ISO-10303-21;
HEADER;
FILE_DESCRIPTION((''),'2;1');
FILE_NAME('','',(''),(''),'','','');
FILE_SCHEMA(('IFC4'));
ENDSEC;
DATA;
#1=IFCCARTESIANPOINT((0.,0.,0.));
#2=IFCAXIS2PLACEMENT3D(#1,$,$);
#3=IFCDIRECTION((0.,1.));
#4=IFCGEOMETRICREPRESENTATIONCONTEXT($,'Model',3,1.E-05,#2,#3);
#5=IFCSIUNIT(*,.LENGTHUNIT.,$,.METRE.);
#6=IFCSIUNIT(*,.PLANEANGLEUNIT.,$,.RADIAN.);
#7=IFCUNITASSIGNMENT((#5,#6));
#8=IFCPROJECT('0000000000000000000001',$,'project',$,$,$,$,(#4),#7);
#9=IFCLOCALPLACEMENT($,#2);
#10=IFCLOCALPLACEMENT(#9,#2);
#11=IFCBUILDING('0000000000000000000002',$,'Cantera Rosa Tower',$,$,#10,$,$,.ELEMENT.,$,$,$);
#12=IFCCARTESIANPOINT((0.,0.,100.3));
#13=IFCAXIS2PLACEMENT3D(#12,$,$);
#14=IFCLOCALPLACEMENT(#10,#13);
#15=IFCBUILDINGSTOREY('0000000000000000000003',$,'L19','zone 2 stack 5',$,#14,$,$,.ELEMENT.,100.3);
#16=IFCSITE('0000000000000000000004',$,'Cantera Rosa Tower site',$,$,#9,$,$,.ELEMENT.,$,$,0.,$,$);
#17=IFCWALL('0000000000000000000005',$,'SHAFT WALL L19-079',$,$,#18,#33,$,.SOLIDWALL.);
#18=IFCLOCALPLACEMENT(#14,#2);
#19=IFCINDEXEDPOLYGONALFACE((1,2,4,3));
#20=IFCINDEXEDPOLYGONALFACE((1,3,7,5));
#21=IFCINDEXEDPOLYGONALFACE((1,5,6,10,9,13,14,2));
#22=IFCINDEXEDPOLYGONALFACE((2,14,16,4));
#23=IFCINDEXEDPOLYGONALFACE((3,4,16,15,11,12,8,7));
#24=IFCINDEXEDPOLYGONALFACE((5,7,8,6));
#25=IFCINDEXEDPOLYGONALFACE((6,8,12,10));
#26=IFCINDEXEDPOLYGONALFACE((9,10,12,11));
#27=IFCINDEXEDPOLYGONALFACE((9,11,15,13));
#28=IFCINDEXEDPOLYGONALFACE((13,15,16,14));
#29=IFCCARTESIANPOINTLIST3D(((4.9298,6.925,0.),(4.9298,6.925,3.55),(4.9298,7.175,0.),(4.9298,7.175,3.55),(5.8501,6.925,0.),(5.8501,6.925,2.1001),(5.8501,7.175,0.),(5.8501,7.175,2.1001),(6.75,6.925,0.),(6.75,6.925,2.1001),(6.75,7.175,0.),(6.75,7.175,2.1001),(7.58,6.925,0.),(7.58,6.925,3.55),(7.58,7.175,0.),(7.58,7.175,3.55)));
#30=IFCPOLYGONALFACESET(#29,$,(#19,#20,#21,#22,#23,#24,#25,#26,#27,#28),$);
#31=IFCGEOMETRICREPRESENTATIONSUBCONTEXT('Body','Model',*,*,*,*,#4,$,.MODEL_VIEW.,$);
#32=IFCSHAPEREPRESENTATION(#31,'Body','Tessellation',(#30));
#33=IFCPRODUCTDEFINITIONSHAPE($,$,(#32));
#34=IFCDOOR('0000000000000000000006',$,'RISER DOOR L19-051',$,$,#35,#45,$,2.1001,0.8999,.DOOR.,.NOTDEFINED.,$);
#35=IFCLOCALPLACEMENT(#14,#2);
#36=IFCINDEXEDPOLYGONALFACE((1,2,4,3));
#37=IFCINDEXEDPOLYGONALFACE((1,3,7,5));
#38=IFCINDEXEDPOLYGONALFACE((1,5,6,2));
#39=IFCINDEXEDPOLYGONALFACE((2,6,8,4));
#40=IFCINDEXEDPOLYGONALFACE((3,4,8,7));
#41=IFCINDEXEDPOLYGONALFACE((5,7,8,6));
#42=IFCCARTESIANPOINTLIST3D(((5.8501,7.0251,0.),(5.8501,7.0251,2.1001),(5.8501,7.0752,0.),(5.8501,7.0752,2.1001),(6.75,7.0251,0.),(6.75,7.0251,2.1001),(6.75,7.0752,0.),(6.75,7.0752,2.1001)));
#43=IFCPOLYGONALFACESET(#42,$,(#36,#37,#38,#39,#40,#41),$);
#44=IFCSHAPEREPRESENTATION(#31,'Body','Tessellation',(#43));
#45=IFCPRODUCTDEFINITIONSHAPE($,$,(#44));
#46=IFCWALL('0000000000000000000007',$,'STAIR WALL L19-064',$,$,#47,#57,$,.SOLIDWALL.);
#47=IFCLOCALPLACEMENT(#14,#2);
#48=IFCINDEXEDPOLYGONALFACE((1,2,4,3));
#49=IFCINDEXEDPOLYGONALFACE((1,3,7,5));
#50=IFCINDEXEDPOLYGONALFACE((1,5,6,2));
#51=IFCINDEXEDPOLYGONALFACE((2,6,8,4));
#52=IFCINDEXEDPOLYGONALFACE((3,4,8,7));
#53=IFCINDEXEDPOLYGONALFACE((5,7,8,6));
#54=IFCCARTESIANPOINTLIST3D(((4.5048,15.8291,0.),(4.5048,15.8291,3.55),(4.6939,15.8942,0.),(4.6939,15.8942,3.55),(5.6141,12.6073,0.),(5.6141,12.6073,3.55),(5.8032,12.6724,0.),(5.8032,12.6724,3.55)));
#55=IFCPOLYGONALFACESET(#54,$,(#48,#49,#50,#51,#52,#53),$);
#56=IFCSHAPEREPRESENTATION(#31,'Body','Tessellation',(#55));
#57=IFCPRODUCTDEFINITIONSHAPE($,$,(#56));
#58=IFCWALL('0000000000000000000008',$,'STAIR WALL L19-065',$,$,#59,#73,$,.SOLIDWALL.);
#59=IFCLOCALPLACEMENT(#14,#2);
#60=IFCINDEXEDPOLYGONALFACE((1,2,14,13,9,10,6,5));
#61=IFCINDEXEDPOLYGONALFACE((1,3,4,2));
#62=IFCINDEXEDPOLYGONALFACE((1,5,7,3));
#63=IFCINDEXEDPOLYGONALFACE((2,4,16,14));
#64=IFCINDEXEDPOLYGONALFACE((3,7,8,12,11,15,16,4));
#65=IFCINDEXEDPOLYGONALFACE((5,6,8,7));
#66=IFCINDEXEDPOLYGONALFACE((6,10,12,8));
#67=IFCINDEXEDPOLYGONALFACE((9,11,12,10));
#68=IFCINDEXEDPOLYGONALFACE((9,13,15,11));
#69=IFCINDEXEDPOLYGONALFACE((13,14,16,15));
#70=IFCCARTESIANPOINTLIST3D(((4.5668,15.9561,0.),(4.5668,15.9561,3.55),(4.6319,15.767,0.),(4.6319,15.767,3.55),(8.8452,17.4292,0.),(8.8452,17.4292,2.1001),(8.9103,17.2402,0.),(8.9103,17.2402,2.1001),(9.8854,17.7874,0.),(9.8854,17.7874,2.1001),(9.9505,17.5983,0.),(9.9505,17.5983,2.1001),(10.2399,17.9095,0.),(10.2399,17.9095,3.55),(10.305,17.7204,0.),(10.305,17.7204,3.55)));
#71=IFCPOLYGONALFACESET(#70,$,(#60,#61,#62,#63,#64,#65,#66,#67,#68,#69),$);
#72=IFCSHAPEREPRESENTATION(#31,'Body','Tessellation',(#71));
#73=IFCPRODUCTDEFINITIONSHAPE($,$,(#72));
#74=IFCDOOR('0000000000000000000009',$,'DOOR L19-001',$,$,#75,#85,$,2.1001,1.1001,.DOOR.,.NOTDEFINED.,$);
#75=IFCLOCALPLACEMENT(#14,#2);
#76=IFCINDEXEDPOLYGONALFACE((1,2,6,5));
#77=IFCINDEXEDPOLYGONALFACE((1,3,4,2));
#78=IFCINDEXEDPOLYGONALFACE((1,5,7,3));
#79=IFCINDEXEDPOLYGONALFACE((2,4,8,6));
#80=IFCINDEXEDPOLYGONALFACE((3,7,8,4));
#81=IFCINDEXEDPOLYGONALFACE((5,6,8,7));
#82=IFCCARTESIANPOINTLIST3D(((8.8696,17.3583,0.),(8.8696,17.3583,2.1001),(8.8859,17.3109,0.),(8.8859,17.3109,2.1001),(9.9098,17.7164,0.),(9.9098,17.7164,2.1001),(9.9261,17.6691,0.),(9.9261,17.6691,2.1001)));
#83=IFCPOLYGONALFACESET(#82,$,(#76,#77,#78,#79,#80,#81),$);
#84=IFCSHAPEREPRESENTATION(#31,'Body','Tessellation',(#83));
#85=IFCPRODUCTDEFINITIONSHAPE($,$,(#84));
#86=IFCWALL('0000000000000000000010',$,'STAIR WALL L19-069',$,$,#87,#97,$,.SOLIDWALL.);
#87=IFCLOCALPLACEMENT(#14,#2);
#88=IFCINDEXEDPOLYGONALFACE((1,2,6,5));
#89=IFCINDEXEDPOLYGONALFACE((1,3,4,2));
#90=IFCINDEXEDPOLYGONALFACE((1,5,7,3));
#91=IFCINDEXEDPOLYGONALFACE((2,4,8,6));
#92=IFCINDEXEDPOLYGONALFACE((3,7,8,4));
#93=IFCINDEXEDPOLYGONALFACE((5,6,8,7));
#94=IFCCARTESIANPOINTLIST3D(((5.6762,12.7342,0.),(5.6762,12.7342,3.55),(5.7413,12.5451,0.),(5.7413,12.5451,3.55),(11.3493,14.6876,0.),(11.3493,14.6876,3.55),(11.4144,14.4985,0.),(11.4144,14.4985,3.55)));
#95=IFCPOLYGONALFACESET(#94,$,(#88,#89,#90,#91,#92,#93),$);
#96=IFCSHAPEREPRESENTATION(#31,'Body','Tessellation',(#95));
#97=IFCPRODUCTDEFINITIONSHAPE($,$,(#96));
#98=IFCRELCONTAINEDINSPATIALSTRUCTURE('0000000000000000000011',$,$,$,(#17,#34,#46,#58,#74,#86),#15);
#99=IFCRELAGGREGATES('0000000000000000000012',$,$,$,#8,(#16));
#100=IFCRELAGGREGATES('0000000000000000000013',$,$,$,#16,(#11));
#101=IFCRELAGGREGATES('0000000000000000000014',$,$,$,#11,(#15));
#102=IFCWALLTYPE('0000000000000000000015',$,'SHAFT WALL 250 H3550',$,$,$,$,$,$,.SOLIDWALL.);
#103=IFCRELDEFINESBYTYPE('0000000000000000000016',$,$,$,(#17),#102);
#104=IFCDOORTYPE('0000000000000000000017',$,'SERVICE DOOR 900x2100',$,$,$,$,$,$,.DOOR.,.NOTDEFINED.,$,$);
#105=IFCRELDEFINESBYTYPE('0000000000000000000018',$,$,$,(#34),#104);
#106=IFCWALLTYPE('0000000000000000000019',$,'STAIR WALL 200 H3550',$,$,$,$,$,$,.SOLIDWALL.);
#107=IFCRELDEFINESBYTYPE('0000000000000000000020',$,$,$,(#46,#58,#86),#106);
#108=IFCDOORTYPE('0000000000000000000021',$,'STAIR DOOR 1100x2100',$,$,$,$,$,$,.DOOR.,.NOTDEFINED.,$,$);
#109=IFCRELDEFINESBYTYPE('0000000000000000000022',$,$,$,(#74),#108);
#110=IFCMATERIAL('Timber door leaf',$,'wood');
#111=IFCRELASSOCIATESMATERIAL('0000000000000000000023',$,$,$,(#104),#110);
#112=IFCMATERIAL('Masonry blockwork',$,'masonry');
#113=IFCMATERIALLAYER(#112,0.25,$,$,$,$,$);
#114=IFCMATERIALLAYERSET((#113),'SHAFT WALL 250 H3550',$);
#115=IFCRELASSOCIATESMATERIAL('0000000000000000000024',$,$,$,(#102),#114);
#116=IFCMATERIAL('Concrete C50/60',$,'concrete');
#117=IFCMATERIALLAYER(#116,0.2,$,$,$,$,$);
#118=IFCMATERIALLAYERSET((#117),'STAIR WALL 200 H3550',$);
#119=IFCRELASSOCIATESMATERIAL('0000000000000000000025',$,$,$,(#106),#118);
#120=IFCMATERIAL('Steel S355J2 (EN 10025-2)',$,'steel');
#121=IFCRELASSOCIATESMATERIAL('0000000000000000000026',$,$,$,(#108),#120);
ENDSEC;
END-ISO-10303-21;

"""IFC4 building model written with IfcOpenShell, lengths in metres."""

from ifc_helpers import new_model, si_unit, direction, frame, frame_2d, origin, place, context, subcontext, project, spatial, rectangle, extrude, material, layer, layer_set, type_object, element, fill, save


model = new_model("IFC4")

# Units and contexts
model_context = context("Model", 3, precision=1e-05, world=origin(), true_north=direction((0.0, 1.0)))
body_context = subcontext(model_context, "Body", "Model", "MODEL_VIEW")
ifc_project = project(units=[si_unit("LENGTHUNIT", "METRE"), si_unit("PLANEANGLEUNIT", "RADIAN")], contexts=[model_context])

# Site, building, storey
site_placement = place(None, origin())
site = spatial("IfcSite", under=ifc_project, at=site_placement, Name="Cantera Rosa Tower site", CompositionType="ELEMENT", RefElevation=0.0)
building_placement = place(site_placement, origin())
building = spatial("IfcBuilding", under=site, at=building_placement, Name="Cantera Rosa Tower", CompositionType="ELEMENT")
storey_placement = place(building_placement, frame((0.0, 0.0, 100.3)))
storey = spatial("IfcBuildingStorey", under=building, at=storey_placement, Name="L19", Description="zone 2 stack 5", CompositionType="ELEMENT", Elevation=100.3)

# Shared definitions
ifc_material_1 = material(Name="Timber door leaf", Category="wood")
door_type_1 = type_object("IfcDoorType", Name="SERVICE DOOR 900x2100", OperationType="NOTDEFINED", PredefinedType="DOOR", material=ifc_material_1)

# Shared definitions
ifc_material_2 = material(Name="Masonry blockwork", Category="masonry")
ifc_layer_1 = layer(ifc_material_2, 0.25)
ifc_layer_set_1 = layer_set([ifc_layer_1], Name="SHAFT WALL 250 H3550")
wall_type_1 = type_object("IfcWallType", Name="SHAFT WALL 250 H3550", PredefinedType="SOLIDWALL", material=ifc_layer_set_1)

# Wall, opening, door
wall_1_placement = place(storey_placement, frame((7.5801, 7.05, 0.0), z_axis=(0.0, 0.0, 1.0), x_axis=(-1.0, 0.0, 0.0)))
wall_1 = element("IfcWall", 1, at=wall_1_placement, inside=storey, type_object=wall_type_1, Name="SHAFT WALL L19-079", PredefinedType="SOLIDWALL", context=body_context, shape_type="SweptSolid", body=[
    extrude(rectangle(XDim=2.6501, YDim=0.25, at=frame_2d((1.3252, 0.0))), origin(), (0.0, 0.0, 1.0), 3.55),
])
opening_1_placement = place(wall_1_placement, frame((0.8301, 0.0, 0.0)))
opening_1 = element("IfcOpeningElement", 2, at=opening_1_placement, cuts=wall_1, PredefinedType="OPENING", context=body_context, shape_type="SweptSolid", body=[
    extrude(rectangle(XDim=0.8999, YDim=2.1001, at=frame_2d((0.45, 1.05))), frame((0.0, 0.135, 0.0), z_axis=(0.0, -1.0, 0.0), x_axis=(1.0, 0.0, 0.0)), (0.0, 0.0, 1.0), 0.27),
])
door_1_placement = place(opening_1_placement, origin())
door_1 = element("IfcDoor", 3, at=door_1_placement, inside=storey, type_object=door_type_1, Name="RISER DOOR L19-051", OperationType="NOTDEFINED", OverallHeight=2.1001, OverallWidth=0.8999, PredefinedType="DOOR", context=body_context, shape_type="SweptSolid", body=[
    extrude(rectangle(XDim=0.8999, YDim=2.1001, at=frame_2d((0.45, 1.05))), frame((0.0, 0.0249, 0.0), z_axis=(0.0, -1.0, 0.0), x_axis=(1.0, 0.0, 0.0)), (0.0, 0.0, 1.0), 0.05),
])
fill(opening_1, door_1)

# Wall
ifc_material_3 = material(Name="Concrete C50/60", Category="concrete")
ifc_layer_2 = layer(ifc_material_3, 0.2)
ifc_layer_set_2 = layer_set([ifc_layer_2], Name="STAIR WALL 200 H3550")
wall_type_2 = type_object("IfcWallType", Name="STAIR WALL 200 H3550", PredefinedType="SOLIDWALL", material=ifc_layer_set_2)
wall_2_placement = place(storey_placement, frame((4.5994, 15.8616, 0.0), z_axis=(0.0, 0.0, 1.0), x_axis=(0.325562, -0.945521, 0.0)))
element("IfcWall", 4, at=wall_2_placement, inside=storey, type_object=wall_type_2, Name="STAIR WALL L19-064", PredefinedType="SOLIDWALL", context=body_context, shape_type="SweptSolid", body=[
    extrude(rectangle(XDim=3.4075, YDim=0.2, at=frame_2d((1.7036, 0.0))), origin(), (0.0, 0.0, 1.0), 3.55),
])

# Wall, opening, door
wall_3_placement = place(storey_placement, frame((4.5994, 15.8616, 0.0), z_axis=(0.0, 0.0, 1.0), x_axis=(0.94552, 0.325563, 0.0)))
wall_3 = element("IfcWall", 5, at=wall_3_placement, inside=storey, type_object=wall_type_2, Name="STAIR WALL L19-065", PredefinedType="SOLIDWALL", context=body_context, shape_type="SweptSolid", body=[
    extrude(rectangle(XDim=6.0, YDim=0.2, at=frame_2d((3.0, 0.0))), origin(), (0.0, 0.0, 1.0), 3.55),
])
opening_2_placement = place(wall_3_placement, frame((4.5249, 0.0, 0.0)))
opening_2 = element("IfcOpeningElement", 6, at=opening_2_placement, cuts=wall_3, PredefinedType="OPENING", context=body_context, shape_type="SweptSolid", body=[
    extrude(rectangle(XDim=1.1001, YDim=2.1001, at=frame_2d((0.55, 1.05))), frame((0.0, 0.1099, 0.0), z_axis=(0.0, -1.0, 0.0), x_axis=(1.0, 0.0, 0.0)), (0.0, 0.0, 1.0), 0.22),
])
ifc_material_4 = material(Name="Steel S355J2 (EN 10025-2)", Category="steel")
door_type_2 = type_object("IfcDoorType", Name="STAIR DOOR 1100x2100", OperationType="NOTDEFINED", PredefinedType="DOOR", material=ifc_material_4)
door_2_placement = place(opening_2_placement, origin())
door_2 = element("IfcDoor", 7, at=door_2_placement, inside=storey, type_object=door_type_2, Name="DOOR L19-001", OperationType="NOTDEFINED", OverallHeight=2.1001, OverallWidth=1.1001, PredefinedType="DOOR", context=body_context, shape_type="SweptSolid", body=[
    extrude(rectangle(XDim=1.1001, YDim=2.1001, at=frame_2d((0.55, 1.05))), frame((0.0, 0.0249, 0.0), z_axis=(0.0, -1.0, 0.0), x_axis=(1.0, 0.0, 0.0)), (0.0, 0.0, 1.0), 0.05),
])
fill(opening_2, door_2)

# Wall
wall_4_placement = place(storey_placement, frame((5.7087, 12.6396, 0.0), z_axis=(0.0, 0.0, 1.0), x_axis=(0.94552, 0.325563, 0.0)))
element("IfcWall", 8, at=wall_4_placement, inside=storey, type_object=wall_type_2, Name="STAIR WALL L19-069", PredefinedType="SOLIDWALL", context=body_context, shape_type="SweptSolid", body=[
    extrude(rectangle(XDim=6.0, YDim=0.2, at=frame_2d((3.0, 0.0))), origin(), (0.0, 0.0, 1.0), 3.55),
])

save(model, "model.ifc")
